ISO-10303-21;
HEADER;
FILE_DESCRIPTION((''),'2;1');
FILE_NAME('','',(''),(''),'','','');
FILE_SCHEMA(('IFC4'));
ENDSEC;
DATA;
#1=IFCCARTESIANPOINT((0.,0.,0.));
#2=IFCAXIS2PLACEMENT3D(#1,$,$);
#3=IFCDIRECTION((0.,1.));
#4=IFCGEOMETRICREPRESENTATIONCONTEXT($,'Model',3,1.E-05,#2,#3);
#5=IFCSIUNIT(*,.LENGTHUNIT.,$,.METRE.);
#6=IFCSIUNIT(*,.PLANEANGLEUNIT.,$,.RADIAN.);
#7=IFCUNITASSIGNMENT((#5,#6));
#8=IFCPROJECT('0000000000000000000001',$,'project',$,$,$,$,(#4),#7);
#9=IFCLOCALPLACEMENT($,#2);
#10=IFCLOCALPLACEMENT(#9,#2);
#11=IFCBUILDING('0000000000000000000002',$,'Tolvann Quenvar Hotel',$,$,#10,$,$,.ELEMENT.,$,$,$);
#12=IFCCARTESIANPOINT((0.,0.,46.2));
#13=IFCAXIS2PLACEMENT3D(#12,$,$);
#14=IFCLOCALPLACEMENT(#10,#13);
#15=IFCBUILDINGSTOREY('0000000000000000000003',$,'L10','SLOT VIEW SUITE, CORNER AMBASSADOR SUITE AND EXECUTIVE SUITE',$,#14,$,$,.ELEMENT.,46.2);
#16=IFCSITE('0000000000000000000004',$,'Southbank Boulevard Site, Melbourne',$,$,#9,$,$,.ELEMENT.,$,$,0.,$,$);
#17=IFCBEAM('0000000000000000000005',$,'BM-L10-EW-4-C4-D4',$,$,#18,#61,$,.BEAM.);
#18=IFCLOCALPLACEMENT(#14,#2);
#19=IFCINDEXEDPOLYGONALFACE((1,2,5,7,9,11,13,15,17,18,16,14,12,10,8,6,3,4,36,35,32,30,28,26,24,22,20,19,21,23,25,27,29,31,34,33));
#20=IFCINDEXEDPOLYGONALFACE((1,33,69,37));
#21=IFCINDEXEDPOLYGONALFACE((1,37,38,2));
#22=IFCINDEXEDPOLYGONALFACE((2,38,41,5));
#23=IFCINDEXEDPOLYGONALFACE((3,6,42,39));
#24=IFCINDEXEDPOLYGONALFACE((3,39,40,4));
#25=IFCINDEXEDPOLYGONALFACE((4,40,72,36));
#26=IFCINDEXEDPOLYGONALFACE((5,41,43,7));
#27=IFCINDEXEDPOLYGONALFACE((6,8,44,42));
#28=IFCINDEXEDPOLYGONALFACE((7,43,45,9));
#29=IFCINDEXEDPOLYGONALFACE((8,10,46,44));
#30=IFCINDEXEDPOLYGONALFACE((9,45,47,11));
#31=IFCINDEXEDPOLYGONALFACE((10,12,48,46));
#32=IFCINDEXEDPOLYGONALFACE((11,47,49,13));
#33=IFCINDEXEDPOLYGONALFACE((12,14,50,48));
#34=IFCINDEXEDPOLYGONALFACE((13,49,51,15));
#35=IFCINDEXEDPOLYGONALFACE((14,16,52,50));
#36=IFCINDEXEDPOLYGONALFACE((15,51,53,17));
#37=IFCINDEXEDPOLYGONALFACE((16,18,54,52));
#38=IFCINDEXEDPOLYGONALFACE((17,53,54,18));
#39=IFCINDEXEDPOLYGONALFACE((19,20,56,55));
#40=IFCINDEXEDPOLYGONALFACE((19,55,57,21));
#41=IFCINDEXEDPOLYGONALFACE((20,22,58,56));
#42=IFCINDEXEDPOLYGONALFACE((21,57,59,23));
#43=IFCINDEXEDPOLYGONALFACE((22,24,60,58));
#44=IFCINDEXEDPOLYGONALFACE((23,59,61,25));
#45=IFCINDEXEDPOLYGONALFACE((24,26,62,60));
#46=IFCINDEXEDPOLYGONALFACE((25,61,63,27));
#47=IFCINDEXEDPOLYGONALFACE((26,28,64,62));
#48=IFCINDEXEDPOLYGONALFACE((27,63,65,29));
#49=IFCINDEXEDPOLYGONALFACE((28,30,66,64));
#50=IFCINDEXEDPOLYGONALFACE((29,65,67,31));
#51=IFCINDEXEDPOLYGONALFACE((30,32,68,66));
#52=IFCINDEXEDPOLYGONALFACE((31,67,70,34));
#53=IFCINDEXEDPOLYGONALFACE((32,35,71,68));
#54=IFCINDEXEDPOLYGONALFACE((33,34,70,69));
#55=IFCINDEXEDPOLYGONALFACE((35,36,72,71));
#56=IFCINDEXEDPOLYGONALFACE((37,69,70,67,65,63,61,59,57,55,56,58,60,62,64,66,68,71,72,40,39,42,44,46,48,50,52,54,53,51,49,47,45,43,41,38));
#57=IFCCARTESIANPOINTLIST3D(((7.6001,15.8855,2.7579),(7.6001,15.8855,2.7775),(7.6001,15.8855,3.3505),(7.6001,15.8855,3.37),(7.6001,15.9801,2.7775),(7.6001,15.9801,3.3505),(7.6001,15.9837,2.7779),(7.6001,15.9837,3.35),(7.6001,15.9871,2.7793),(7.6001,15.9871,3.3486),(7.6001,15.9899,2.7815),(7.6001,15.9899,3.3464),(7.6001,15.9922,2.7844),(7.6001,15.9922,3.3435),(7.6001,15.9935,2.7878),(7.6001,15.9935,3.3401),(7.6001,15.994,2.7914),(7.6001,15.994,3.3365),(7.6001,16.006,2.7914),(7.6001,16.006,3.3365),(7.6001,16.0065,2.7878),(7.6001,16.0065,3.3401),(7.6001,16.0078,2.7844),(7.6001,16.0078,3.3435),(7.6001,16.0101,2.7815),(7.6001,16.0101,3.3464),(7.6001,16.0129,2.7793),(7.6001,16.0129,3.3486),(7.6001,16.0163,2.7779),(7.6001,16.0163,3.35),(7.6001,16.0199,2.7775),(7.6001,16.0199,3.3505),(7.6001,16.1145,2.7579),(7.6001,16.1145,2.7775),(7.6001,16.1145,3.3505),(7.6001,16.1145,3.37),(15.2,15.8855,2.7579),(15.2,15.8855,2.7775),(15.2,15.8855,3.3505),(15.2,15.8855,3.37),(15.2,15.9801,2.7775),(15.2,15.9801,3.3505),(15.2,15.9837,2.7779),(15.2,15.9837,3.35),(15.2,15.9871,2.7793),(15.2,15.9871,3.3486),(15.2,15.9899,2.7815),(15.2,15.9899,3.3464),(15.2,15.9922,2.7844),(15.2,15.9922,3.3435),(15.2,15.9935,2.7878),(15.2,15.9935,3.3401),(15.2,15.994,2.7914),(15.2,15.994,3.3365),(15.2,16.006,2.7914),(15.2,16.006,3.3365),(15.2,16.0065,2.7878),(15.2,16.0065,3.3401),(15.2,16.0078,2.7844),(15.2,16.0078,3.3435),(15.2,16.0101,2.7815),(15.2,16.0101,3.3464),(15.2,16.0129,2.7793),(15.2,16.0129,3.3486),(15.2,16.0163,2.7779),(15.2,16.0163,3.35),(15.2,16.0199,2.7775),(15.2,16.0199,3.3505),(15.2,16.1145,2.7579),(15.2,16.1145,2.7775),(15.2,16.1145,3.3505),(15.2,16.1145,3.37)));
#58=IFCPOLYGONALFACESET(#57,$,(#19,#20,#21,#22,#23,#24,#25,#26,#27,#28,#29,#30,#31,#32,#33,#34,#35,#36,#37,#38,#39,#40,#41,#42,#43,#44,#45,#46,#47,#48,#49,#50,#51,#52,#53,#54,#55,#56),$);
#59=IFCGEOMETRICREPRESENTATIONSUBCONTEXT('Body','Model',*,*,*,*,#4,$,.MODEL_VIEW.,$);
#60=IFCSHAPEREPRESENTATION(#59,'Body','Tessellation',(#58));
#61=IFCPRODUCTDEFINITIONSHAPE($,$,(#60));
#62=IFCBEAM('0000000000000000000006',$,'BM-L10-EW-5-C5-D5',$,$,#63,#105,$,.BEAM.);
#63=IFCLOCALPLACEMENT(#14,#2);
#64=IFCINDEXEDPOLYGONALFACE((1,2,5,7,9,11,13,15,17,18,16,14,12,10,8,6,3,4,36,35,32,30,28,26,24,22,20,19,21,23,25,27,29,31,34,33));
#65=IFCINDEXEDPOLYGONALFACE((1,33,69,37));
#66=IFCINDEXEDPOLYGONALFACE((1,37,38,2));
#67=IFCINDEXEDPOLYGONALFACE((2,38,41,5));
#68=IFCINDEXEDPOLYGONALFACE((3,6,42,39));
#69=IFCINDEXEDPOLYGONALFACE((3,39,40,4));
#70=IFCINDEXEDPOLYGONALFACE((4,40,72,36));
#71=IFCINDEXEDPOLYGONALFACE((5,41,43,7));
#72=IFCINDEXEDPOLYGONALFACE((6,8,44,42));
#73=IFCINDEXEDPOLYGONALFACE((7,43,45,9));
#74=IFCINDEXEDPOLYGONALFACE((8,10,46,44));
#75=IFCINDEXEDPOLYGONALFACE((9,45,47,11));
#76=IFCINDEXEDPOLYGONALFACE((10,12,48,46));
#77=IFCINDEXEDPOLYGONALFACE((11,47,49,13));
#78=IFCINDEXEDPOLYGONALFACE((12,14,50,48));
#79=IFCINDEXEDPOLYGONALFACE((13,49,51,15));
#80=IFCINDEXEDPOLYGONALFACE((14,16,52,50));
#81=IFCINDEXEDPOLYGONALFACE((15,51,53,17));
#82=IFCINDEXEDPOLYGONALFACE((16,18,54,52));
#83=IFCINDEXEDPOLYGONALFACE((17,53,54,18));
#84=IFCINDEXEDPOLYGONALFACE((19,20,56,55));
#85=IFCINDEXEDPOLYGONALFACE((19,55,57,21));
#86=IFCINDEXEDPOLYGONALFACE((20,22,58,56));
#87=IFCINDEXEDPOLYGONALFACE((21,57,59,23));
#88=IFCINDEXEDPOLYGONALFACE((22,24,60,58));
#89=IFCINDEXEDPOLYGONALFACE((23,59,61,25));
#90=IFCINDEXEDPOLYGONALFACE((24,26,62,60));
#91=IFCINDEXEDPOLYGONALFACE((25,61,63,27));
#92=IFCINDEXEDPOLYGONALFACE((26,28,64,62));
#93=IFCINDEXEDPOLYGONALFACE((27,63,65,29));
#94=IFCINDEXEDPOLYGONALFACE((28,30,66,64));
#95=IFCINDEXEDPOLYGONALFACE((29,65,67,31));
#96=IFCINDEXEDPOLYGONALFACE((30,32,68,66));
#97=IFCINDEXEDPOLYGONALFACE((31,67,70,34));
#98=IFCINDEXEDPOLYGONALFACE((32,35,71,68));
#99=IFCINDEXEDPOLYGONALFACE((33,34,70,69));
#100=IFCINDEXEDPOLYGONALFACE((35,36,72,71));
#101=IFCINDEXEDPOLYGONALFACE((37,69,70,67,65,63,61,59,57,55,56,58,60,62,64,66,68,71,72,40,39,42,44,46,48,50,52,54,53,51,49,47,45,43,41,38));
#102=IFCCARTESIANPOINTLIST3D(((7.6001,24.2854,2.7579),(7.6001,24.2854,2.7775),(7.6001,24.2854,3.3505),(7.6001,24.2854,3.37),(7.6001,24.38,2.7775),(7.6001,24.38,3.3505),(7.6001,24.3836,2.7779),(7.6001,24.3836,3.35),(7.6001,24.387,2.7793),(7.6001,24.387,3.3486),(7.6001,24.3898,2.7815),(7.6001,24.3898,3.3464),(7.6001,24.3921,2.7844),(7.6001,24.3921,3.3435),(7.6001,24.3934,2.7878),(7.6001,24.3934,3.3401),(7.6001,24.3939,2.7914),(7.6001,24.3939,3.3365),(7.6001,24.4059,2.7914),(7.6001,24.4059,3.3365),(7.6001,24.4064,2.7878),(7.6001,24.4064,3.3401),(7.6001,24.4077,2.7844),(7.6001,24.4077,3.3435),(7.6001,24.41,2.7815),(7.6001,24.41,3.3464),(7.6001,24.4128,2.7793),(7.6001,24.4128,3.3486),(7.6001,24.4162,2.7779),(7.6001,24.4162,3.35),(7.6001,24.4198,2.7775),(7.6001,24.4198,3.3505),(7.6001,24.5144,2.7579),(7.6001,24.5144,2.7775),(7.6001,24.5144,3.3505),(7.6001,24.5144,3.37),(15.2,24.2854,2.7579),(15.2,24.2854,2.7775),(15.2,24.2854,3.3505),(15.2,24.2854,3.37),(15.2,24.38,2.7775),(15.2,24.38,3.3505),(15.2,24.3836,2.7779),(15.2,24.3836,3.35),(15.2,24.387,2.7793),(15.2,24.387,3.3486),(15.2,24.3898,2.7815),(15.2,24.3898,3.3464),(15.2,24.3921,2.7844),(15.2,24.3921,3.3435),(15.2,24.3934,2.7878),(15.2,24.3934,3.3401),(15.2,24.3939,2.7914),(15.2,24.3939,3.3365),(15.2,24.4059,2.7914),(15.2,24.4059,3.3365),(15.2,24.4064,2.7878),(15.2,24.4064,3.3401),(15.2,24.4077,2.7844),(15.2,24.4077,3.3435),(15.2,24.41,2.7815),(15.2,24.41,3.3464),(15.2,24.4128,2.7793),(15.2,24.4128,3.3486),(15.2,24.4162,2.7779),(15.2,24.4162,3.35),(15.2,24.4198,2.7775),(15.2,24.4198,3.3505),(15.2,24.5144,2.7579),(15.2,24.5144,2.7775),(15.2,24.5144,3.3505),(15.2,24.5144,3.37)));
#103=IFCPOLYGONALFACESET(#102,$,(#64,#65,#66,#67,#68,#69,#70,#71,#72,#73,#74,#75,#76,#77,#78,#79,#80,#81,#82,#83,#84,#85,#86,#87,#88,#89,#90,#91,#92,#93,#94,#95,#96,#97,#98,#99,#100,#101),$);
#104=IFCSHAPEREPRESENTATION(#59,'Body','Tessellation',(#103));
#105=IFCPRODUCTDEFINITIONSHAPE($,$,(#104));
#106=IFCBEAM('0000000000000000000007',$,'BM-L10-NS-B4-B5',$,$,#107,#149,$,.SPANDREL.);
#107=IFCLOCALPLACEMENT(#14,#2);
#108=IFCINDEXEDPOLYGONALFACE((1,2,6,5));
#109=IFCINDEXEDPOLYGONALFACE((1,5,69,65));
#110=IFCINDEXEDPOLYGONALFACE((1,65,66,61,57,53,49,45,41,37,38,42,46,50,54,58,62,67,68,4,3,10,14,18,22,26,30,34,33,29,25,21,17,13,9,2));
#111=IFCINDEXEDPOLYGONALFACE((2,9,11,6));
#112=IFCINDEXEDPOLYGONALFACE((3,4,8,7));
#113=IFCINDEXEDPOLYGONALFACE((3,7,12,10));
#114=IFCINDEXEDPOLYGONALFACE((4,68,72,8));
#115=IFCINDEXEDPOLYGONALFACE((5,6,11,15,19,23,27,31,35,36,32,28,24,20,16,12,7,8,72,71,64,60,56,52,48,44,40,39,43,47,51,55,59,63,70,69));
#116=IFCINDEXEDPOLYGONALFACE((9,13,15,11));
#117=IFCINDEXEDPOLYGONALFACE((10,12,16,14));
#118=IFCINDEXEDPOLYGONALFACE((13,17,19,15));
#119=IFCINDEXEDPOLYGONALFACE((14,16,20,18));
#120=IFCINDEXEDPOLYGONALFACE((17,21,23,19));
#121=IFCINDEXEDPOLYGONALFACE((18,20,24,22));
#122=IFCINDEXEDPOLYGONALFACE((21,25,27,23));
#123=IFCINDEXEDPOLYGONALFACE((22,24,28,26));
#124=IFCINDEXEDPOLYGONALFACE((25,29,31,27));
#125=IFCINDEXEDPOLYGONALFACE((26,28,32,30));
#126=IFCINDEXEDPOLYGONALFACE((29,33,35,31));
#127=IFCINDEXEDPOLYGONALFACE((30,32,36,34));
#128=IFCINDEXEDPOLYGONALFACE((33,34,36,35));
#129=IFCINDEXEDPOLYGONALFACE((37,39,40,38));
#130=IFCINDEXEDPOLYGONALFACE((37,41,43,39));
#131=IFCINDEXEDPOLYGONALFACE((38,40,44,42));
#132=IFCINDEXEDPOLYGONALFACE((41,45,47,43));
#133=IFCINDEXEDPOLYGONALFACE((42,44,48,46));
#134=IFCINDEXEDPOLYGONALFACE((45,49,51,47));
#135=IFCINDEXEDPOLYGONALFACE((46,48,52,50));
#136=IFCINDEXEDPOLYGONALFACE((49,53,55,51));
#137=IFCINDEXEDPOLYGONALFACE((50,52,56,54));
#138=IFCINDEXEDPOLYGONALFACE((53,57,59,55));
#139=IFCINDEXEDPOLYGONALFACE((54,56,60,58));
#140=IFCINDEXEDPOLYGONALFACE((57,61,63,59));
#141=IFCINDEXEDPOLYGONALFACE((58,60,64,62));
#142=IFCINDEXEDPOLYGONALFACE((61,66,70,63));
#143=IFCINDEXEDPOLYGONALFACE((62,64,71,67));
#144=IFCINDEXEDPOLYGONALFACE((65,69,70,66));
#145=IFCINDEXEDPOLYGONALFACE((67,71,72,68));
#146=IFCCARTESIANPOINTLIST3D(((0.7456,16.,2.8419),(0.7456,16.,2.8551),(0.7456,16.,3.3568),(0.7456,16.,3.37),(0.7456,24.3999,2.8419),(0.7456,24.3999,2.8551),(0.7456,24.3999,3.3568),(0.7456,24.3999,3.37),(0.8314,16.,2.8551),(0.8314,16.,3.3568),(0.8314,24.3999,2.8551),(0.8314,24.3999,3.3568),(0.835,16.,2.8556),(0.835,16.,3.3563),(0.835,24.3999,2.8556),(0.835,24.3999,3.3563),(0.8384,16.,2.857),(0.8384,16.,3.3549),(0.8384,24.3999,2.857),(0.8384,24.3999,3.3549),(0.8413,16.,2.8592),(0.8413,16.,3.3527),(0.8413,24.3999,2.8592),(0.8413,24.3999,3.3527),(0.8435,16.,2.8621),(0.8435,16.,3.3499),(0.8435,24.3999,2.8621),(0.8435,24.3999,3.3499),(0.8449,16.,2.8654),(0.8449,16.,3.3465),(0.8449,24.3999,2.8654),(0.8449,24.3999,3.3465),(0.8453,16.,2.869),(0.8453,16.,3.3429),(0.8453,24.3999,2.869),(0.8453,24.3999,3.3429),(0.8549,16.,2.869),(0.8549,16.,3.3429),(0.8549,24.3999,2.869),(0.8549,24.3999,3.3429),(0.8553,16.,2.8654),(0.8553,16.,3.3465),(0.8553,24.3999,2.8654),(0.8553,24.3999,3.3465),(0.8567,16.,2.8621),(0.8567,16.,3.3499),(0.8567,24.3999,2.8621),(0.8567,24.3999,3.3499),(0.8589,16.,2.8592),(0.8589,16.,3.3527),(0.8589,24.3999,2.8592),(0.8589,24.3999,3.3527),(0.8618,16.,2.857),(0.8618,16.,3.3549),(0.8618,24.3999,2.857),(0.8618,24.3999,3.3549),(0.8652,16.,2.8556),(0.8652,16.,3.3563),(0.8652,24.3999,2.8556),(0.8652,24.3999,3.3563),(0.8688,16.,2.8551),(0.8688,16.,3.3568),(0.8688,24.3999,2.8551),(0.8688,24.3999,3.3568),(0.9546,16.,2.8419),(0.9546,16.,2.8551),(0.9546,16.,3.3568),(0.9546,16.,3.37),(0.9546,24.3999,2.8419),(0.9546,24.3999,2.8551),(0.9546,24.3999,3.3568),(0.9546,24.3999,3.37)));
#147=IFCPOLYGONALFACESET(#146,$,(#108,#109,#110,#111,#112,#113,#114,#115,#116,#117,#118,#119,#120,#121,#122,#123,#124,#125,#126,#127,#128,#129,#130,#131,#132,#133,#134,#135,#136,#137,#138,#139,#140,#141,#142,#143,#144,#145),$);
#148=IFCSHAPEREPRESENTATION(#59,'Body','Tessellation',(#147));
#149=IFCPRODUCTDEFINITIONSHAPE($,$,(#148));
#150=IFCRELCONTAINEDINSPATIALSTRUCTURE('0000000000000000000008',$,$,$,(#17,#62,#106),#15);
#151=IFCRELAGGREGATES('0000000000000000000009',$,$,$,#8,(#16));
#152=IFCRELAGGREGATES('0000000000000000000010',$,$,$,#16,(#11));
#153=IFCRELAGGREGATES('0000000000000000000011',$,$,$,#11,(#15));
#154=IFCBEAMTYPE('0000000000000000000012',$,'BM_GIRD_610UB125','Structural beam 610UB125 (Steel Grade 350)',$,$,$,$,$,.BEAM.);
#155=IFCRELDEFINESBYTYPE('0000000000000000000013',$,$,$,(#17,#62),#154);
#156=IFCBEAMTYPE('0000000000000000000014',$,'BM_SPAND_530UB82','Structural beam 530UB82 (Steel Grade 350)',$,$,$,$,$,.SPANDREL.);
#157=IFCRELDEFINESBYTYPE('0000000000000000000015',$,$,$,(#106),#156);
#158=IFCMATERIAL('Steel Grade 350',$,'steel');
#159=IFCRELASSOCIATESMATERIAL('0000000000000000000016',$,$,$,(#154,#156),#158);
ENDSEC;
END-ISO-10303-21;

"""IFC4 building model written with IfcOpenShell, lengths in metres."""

from ifc_helpers import new_model, si_unit, direction, frame, origin, origin_2d, place, context, subcontext, project, spatial, i_section, extrude, source, transform, mapped, material, material_profile, profile_set, type_object, element, save


model = new_model("IFC4")

# Units and contexts
model_context = context("Model", 3, precision=1e-05, world=origin(), true_north=direction((0.0, 1.0)))
body_context = subcontext(model_context, "Body", "Model", "MODEL_VIEW")
ifc_project = project(units=[si_unit("LENGTHUNIT", "METRE"), si_unit("PLANEANGLEUNIT", "RADIAN")], contexts=[model_context])

# Site, building, storey
site_placement = place(None, origin())
site = spatial("IfcSite", under=ifc_project, at=site_placement, Name="Southbank Boulevard Site, Melbourne", CompositionType="ELEMENT", RefElevation=0.0)
building_placement = place(site_placement, origin())
building = spatial("IfcBuilding", under=site, at=building_placement, Name="Tolvann Quenvar Hotel", CompositionType="ELEMENT")
storey_placement = place(building_placement, frame((0.0, 0.0, 46.2)))
storey = spatial("IfcBuildingStorey", under=building, at=storey_placement, Name="L10", Description="SLOT VIEW SUITE, CORNER AMBASSADOR SUITE AND EXECUTIVE SUITE", CompositionType="ELEMENT", Elevation=46.2)

# Shared definitions
ifc_material_1 = material(Name="Steel Grade 350", Category="steel")

# Beams
ifc_material_profile_1 = material_profile(ifc_material_1, i_section(OverallWidth=0.229, OverallDepth=0.6121, WebThickness=0.012, FlangeThickness=0.0195, FilletRadius=0.0139, at=origin_2d()), Name="610UB125")
ifc_profile_set_1 = profile_set([ifc_material_profile_1], Name="Steel Grade 350")
beam_type_1 = type_object("IfcBeamType", Name="BM_GIRD_610UB125", Description="Structural beam 610UB125 (Steel Grade 350)", PredefinedType="BEAM", material=ifc_profile_set_1)
shared_shape_1 = source(origin(), body_context, "Body", "SweptSolid", [
    extrude(i_section(OverallWidth=0.229, OverallDepth=0.6121, WebThickness=0.012, FlangeThickness=0.0195, FilletRadius=0.0139, at=origin_2d()), origin(), (0.0, 0.0, 1.0), 7.5999),
])
for number, where, z_axis, x_axis, name in (
    (1, (7.6001, 16.0, 3.064), (1.0, 0.0, 0.0), (0.0, 1.0, 0.0), "BM-L10-EW-4-C4-D4"),
    (2, (7.6001, 24.3999, 3.064), (1.0, 0.0, 0.0), (0.0, 1.0, 0.0), "BM-L10-EW-5-C5-D5"),
):
    element("IfcBeam", number, at=place(storey_placement, frame(where, z_axis=z_axis, x_axis=x_axis)), inside=storey, type_object=beam_type_1, Name=name, PredefinedType="BEAM", context=body_context, shape_type="MappedRepresentation", body=[
        mapped(shared_shape_1, transform((0.0, 0.0, 0.0), x_axis=(1.0, 0.0, 0.0), y_axis=(0.0, 1.0, 0.0), z_axis=(0.0, 0.0, 1.0), scale=1.0)),
    ])
ifc_material_profile_2 = material_profile(ifc_material_1, i_section(OverallWidth=0.209, OverallDepth=0.5281, WebThickness=0.0095, FlangeThickness=0.0132, FilletRadius=0.0139, at=origin_2d()), Name="530UB82")
ifc_profile_set_2 = profile_set([ifc_material_profile_2], Name="Steel Grade 350")
beam_type_2 = type_object("IfcBeamType", Name="BM_SPAND_530UB82", Description="Structural beam 530UB82 (Steel Grade 350)", PredefinedType="SPANDREL", material=ifc_profile_set_2)
shared_shape_2 = source(origin(), body_context, "Body", "SweptSolid", [
    extrude(i_section(OverallWidth=0.209, OverallDepth=0.5281, WebThickness=0.0095, FlangeThickness=0.0132, FilletRadius=0.0139, at=origin_2d()), origin(), (0.0, 0.0, 1.0), 8.3999),
])
beam_1_placement = place(storey_placement, frame((0.8501, 16.0, 3.106), z_axis=(0.0, 1.0, 0.0), x_axis=(-1.0, 0.0, 0.0)))
element("IfcBeam", 3, at=beam_1_placement, inside=storey, type_object=beam_type_2, Name="BM-L10-NS-B4-B5", PredefinedType="SPANDREL", context=body_context, shape_type="MappedRepresentation", body=[
    mapped(shared_shape_2, transform((0.0, 0.0, 0.0), x_axis=(1.0, 0.0, 0.0), y_axis=(0.0, 1.0, 0.0), z_axis=(0.0, 0.0, 1.0), scale=1.0)),
])

save(model, "model.ifc")
